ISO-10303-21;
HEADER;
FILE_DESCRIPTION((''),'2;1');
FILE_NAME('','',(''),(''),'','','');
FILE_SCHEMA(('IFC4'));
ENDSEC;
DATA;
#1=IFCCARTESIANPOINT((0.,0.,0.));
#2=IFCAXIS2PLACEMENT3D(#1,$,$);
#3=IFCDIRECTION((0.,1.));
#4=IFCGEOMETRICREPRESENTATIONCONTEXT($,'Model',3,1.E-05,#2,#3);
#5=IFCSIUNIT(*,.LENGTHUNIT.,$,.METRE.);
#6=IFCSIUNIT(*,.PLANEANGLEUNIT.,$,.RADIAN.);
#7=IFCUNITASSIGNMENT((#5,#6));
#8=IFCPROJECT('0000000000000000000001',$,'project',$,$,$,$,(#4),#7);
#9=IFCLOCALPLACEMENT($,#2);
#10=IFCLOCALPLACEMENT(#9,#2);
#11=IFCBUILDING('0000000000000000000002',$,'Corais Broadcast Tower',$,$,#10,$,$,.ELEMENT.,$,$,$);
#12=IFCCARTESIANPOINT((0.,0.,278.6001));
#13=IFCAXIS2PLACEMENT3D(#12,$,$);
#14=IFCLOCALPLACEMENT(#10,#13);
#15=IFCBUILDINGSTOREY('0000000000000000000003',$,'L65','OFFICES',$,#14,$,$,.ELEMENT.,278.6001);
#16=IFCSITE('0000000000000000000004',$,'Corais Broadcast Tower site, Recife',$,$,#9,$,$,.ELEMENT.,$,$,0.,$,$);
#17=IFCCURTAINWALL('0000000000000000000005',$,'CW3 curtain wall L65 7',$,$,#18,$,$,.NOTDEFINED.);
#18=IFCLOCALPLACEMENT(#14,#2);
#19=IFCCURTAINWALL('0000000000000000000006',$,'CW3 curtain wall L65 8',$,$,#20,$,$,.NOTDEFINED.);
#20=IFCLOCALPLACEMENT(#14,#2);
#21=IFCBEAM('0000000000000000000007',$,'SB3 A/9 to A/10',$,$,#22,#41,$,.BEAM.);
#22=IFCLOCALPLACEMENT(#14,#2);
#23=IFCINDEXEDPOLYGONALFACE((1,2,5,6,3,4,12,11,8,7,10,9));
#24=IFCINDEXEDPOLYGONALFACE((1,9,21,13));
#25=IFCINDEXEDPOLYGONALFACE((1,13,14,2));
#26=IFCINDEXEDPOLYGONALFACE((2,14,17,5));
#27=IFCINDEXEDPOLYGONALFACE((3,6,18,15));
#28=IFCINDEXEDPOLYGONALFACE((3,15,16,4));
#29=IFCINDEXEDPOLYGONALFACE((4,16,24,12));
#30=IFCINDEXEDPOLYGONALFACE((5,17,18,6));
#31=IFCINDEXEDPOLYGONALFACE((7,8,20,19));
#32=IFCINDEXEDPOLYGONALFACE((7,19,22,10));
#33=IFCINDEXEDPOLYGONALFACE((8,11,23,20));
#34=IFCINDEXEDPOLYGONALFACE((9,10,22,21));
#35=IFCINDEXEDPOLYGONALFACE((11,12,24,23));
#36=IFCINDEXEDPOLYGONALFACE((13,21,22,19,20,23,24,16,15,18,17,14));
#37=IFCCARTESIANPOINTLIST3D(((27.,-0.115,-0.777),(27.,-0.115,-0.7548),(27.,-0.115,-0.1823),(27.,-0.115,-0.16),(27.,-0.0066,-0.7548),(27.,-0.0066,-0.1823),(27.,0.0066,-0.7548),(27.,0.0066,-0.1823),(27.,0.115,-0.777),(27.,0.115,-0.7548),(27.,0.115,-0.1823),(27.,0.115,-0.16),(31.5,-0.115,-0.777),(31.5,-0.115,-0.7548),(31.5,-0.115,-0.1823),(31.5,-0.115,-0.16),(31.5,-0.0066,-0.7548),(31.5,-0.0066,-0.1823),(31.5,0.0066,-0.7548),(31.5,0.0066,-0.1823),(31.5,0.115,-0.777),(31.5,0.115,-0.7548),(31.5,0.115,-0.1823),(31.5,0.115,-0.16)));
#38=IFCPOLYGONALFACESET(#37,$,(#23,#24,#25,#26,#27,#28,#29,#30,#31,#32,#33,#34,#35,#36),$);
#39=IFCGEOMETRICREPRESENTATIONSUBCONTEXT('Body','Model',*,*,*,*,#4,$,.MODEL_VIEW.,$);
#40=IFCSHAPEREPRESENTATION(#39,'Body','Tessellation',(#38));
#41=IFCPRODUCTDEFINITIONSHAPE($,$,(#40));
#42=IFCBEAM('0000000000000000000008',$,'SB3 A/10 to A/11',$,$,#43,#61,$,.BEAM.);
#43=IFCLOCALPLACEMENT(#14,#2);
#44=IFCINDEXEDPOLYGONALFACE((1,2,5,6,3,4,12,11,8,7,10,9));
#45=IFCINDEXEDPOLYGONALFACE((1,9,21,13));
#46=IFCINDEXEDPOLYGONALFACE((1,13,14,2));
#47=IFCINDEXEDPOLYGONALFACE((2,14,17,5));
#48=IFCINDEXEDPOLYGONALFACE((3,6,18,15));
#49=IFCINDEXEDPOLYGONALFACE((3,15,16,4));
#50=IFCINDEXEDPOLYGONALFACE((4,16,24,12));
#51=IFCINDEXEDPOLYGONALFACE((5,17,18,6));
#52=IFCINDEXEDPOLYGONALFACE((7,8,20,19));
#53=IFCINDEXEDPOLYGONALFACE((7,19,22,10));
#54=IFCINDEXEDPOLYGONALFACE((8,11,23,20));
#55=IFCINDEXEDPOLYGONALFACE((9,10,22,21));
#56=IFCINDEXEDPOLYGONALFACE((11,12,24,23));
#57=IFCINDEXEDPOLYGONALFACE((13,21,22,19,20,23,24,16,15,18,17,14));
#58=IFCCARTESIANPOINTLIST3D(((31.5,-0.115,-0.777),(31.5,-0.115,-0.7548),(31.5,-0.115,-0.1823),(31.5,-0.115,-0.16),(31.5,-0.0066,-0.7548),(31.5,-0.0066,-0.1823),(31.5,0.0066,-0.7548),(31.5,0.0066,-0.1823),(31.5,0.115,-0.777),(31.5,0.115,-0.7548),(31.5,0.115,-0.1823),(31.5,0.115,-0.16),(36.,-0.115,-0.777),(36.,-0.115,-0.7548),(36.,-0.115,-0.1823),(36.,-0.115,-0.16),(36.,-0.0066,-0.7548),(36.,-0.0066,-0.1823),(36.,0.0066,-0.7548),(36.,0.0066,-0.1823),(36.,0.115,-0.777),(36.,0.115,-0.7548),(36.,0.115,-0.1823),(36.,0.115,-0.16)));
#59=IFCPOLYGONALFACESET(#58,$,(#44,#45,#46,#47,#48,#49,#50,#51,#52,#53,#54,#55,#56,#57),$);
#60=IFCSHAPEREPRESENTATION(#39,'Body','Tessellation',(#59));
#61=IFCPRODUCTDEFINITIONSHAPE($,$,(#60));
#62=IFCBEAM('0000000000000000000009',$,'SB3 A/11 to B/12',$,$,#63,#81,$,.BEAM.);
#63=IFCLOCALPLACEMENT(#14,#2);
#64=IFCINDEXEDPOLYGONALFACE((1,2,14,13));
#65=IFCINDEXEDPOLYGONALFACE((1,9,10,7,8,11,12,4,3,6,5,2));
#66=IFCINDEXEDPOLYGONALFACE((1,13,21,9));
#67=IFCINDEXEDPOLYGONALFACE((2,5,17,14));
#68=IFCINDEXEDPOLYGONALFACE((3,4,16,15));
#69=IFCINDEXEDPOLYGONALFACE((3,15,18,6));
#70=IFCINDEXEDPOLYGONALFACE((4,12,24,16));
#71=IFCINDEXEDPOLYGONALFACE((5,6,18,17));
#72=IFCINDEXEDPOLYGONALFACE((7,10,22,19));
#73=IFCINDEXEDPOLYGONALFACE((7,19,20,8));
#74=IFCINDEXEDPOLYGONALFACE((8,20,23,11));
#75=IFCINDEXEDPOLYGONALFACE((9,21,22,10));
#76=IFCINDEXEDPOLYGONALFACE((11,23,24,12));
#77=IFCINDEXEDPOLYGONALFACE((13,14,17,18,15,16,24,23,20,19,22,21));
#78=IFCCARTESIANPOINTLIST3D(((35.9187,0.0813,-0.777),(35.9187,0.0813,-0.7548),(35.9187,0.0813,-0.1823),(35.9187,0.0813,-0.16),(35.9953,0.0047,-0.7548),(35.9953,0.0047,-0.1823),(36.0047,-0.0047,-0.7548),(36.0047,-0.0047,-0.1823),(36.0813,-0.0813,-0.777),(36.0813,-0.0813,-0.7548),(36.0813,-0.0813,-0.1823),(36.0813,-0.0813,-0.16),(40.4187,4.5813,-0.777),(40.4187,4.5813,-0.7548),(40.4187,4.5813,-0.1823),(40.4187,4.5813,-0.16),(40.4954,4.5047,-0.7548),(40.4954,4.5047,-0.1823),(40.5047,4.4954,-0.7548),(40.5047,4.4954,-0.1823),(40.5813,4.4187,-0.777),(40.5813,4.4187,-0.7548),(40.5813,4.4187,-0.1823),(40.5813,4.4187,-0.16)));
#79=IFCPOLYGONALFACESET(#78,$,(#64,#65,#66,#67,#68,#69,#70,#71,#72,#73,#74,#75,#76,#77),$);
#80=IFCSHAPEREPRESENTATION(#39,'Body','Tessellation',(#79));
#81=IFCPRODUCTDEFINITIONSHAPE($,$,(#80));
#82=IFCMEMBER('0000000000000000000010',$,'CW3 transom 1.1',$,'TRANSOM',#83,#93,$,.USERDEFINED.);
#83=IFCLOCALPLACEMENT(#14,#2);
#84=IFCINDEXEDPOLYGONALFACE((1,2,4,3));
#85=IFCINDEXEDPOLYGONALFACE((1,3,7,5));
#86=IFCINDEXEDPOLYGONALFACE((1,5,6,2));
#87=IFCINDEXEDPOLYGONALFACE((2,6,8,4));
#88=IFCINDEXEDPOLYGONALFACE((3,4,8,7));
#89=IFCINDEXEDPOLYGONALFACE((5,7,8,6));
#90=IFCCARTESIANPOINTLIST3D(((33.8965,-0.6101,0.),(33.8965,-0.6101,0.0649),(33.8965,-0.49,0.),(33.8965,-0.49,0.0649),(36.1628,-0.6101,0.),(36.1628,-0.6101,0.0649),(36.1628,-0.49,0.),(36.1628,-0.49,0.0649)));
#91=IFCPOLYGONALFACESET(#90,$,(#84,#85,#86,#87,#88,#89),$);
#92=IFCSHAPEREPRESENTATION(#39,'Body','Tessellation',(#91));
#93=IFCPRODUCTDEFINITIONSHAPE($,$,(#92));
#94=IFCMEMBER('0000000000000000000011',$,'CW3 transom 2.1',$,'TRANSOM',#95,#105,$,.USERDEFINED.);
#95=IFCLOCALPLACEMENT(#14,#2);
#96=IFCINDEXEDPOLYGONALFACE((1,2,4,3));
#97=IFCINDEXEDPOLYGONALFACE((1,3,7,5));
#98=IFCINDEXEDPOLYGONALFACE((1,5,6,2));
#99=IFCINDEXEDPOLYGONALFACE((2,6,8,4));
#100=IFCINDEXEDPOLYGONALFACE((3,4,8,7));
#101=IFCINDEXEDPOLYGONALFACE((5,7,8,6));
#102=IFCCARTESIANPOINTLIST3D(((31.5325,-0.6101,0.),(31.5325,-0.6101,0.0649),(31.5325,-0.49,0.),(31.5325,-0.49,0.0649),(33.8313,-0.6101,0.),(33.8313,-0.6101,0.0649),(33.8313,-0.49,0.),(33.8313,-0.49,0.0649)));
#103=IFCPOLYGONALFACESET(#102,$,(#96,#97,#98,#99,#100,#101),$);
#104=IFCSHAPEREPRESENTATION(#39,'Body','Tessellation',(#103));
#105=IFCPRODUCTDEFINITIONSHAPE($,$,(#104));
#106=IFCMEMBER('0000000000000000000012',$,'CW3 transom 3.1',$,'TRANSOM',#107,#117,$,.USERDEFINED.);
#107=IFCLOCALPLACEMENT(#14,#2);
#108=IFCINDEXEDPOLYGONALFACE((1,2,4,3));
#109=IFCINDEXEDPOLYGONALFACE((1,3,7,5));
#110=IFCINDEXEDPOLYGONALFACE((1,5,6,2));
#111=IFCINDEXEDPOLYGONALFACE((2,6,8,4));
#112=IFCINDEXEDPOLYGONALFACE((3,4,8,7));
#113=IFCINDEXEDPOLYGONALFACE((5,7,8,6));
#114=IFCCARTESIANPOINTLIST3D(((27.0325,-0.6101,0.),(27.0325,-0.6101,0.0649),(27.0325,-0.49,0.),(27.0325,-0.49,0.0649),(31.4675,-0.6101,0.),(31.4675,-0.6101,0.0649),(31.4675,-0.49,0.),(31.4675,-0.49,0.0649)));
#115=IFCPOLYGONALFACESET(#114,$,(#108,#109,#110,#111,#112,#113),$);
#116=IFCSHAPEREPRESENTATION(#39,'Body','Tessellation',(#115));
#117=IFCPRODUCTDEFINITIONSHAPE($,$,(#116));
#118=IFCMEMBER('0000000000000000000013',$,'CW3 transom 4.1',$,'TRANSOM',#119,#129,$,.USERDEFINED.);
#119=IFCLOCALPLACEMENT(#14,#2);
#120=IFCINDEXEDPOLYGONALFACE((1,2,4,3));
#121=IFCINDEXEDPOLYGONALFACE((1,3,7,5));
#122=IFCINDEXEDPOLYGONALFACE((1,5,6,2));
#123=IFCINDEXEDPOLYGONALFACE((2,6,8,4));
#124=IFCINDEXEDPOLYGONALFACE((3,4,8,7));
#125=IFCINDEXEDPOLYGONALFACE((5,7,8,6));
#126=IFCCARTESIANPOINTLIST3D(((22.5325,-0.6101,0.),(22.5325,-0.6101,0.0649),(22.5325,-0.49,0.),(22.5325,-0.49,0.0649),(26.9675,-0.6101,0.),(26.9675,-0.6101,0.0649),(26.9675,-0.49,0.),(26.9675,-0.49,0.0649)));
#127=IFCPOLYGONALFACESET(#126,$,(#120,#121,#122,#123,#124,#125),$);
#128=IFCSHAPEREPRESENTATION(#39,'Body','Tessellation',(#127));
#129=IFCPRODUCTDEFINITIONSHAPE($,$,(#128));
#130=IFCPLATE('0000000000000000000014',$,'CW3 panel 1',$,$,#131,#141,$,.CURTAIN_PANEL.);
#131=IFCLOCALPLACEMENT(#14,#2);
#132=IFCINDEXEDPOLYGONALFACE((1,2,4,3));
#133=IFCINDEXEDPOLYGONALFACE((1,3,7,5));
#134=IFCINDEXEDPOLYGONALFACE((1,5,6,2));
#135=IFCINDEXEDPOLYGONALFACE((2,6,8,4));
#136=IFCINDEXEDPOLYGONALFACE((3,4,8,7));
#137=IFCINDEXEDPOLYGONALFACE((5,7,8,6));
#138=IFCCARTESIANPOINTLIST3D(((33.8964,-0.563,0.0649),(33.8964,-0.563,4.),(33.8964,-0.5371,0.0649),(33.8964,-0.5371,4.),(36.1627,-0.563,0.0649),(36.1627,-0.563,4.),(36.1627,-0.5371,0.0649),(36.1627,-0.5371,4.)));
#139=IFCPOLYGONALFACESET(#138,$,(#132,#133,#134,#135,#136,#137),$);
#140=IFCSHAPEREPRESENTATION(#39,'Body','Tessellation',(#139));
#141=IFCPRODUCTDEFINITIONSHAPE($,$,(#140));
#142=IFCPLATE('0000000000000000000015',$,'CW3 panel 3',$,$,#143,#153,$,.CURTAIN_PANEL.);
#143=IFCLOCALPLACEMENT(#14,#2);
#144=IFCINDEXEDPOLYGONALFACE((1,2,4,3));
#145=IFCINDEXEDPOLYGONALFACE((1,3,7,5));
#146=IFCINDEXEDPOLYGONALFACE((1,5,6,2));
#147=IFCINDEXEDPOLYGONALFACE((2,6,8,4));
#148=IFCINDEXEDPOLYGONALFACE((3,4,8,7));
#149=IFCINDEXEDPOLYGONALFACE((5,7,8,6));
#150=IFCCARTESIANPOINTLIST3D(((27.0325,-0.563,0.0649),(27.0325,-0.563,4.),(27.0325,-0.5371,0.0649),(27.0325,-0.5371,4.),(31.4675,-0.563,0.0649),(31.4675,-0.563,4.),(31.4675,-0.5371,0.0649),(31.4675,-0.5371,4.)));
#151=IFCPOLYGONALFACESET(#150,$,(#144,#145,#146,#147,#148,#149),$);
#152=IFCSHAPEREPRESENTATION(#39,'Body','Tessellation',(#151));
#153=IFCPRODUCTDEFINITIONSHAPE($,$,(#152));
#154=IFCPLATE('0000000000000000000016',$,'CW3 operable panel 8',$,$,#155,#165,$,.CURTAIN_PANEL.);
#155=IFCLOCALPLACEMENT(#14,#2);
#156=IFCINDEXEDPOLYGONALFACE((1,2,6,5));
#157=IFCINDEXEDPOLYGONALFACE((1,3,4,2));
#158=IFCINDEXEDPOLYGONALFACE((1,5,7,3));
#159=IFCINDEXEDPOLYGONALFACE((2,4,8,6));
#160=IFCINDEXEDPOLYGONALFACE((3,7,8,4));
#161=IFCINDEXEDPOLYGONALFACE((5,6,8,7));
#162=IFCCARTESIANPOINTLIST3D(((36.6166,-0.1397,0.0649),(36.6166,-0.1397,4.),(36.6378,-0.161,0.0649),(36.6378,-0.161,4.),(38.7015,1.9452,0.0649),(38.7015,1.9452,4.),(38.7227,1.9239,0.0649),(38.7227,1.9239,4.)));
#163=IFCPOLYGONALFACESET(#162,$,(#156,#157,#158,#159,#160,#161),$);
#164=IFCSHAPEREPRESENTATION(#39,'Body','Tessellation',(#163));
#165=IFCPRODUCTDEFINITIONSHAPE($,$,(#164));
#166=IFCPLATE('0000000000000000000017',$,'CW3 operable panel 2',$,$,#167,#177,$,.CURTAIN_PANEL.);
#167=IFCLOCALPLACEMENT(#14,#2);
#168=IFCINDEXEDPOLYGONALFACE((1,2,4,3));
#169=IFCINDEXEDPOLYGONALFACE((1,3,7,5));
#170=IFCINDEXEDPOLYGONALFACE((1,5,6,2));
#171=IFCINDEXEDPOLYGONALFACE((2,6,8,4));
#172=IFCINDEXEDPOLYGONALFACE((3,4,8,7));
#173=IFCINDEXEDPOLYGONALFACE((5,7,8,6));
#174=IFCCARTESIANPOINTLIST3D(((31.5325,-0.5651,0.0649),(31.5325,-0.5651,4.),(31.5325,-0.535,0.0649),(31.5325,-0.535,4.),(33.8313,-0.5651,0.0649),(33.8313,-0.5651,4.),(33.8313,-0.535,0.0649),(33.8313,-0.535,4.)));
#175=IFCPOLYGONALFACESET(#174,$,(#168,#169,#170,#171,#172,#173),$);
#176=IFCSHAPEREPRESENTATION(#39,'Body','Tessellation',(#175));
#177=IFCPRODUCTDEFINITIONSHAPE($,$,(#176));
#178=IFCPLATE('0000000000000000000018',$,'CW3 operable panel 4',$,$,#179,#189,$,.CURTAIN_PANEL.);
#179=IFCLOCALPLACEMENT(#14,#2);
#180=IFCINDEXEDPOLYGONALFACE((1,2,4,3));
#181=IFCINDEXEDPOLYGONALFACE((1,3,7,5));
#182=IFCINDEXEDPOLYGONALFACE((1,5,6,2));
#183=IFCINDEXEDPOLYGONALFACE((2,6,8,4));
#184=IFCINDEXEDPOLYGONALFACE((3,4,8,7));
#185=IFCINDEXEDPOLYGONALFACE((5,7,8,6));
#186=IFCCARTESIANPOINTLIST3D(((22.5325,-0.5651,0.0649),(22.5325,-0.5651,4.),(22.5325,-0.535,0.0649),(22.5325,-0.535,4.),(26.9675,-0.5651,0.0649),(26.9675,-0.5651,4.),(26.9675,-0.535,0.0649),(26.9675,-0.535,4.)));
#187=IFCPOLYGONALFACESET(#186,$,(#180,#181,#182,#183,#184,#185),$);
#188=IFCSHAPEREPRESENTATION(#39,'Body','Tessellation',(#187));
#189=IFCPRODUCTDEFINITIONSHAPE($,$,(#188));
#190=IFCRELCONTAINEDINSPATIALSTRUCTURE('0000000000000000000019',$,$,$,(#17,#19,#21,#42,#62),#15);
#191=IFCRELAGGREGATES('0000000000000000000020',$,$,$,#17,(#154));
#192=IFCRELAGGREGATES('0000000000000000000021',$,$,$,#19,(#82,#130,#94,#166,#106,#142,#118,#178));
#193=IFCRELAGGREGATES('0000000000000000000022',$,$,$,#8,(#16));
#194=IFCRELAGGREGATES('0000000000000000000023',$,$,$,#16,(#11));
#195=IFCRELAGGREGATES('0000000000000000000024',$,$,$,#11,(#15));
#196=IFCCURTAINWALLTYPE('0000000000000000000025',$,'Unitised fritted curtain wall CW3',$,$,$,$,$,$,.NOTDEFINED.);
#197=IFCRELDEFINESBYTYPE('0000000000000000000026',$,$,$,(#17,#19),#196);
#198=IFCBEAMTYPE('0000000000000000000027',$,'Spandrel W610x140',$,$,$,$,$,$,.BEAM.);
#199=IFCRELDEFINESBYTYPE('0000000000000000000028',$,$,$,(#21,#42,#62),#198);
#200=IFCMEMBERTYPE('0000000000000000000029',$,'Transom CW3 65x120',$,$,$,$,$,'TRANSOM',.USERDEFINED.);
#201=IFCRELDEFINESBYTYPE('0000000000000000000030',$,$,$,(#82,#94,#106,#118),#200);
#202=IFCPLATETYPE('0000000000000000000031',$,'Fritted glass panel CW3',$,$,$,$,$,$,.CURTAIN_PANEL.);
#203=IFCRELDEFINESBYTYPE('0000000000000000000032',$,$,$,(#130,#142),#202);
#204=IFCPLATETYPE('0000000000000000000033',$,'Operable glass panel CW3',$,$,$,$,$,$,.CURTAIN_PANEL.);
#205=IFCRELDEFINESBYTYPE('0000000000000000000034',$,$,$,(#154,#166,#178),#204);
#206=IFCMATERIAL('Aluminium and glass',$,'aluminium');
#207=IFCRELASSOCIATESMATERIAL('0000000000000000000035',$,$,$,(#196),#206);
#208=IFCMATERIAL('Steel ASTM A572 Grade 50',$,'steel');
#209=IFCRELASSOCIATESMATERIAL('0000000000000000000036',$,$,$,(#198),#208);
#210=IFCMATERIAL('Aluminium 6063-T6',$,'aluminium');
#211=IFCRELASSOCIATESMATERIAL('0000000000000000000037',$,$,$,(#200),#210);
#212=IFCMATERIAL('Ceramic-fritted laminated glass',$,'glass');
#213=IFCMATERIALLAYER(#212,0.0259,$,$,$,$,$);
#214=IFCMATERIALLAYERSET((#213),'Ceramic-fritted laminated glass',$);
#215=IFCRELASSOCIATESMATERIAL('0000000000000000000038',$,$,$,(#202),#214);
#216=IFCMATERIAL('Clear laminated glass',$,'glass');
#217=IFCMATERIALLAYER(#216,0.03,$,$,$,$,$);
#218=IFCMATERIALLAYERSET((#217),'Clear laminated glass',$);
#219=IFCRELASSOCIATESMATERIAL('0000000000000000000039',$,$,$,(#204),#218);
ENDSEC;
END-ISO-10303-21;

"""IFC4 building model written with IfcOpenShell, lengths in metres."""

from ifc_helpers import new_model, si_unit, direction, frame, origin, origin_2d, place, context, subcontext, project, spatial, rectangle, i_section, extrude, material, layer, layer_set, material_profile, profile_set, type_object, element, aggregate, save


model = new_model("IFC4")

# Units and contexts
model_context = context("Model", 3, precision=1e-05, world=origin(), true_north=direction((0.0, 1.0)))
body_context = subcontext(model_context, "Body", "Model", "MODEL_VIEW")
ifc_project = project(units=[si_unit("LENGTHUNIT", "METRE"), si_unit("PLANEANGLEUNIT", "RADIAN")], contexts=[model_context])

# Site, building, storey
site_placement = place(None, origin())
site = spatial("IfcSite", under=ifc_project, at=site_placement, Name="Corais Broadcast Tower site, Recife", CompositionType="ELEMENT", RefElevation=0.0)
building_placement = place(site_placement, origin())
building = spatial("IfcBuilding", under=site, at=building_placement, Name="Corais Broadcast Tower", CompositionType="ELEMENT")
storey_placement = place(building_placement, frame((0.0, 0.0, 278.6001)))
storey = spatial("IfcBuildingStorey", under=building, at=storey_placement, Name="L65", Description="OFFICES", CompositionType="ELEMENT", Elevation=278.6001)

# Curtain wall
ifc_material_1 = material(Name="Aluminium and glass", Category="aluminium")
curtain_wall_type = type_object("IfcCurtainWallType", Name="Unitised fritted curtain wall CW3", PredefinedType="NOTDEFINED", material=ifc_material_1)
curtain_wall_1_placement = place(storey_placement, origin())
curtain_wall_1 = element("IfcCurtainWall", 1, at=curtain_wall_1_placement, inside=storey, type_object=curtain_wall_type, Name="CW3 curtain wall L65 7", PredefinedType="NOTDEFINED")

# Curtain wall
curtain_wall_2_placement = place(storey_placement, origin())
curtain_wall_2 = element("IfcCurtainWall", 2, at=curtain_wall_2_placement, inside=storey, type_object=curtain_wall_type, Name="CW3 curtain wall L65 8", PredefinedType="NOTDEFINED")

# Beams
ifc_material_2 = material(Name="Steel ASTM A572 Grade 50", Category="steel")
ifc_material_profile_1 = material_profile(ifc_material_2, i_section(OverallWidth=0.23, OverallDepth=0.6169, WebThickness=0.0132, FlangeThickness=0.0222, at=origin_2d()), Name="W610x140")
ifc_profile_set_1 = profile_set([ifc_material_profile_1], Name="Steel ASTM A572 Grade 50")
beam_type_1 = type_object("IfcBeamType", Name="Spandrel W610x140", PredefinedType="BEAM", material=ifc_profile_set_1)
for number, where, z_axis, x_axis, name in (
    (3, (27.0, 0.0, -0.4685), (1.0, 0.0, 0.0), (0.0, 1.0, 0.0), "SB3 A/9 to A/10"),
    (4, (31.5, 0.0, -0.4685), (1.0, 0.0, 0.0), (0.0, 1.0, 0.0), "SB3 A/10 to A/11"),
):
    element("IfcBeam", number, at=place(storey_placement, frame(where, z_axis=z_axis, x_axis=x_axis)), inside=storey, type_object=beam_type_1, Name=name, PredefinedType="BEAM", context=body_context, shape_type="SweptSolid", body=[
        extrude(i_section(OverallWidth=0.23, OverallDepth=0.6169, WebThickness=0.0132, FlangeThickness=0.0222, at=origin_2d()), origin(), (0.0, 0.0, 1.0), 4.5),
    ])
beam_placement = place(storey_placement, frame((36.0, 0.0, -0.4685), z_axis=(0.707107, 0.707107, 0.0), x_axis=(-0.707107, 0.707107, 0.0)))
element("IfcBeam", 5, at=beam_placement, inside=storey, type_object=beam_type_1, Name="SB3 A/11 to B/12", PredefinedType="BEAM", context=body_context, shape_type="SweptSolid", body=[
    extrude(i_section(OverallWidth=0.23, OverallDepth=0.6169, WebThickness=0.0132, FlangeThickness=0.0222, at=origin_2d()), origin(), (0.0, 0.0, 1.0), 6.364),
])

# Members
ifc_material_3 = material(Name="Aluminium 6063-T6", Category="aluminium")
ifc_material_profile_2 = material_profile(ifc_material_3, rectangle(XDim=0.1201, YDim=0.0649, at=origin_2d()), Name="Transom CW3 65x120")
ifc_profile_set_2 = profile_set([ifc_material_profile_2], Name="Aluminium 6063-T6")
member_type_1 = type_object("IfcMemberType", Name="Transom CW3 65x120", ElementType="TRANSOM", PredefinedType="USERDEFINED", material=ifc_profile_set_2)
member_1_placement = place(storey_placement, frame((36.1628, -0.55, 0.0325), z_axis=(-1.0, 0.0, 0.0), x_axis=(0.0, -1.0, 0.0)))
member_1 = element("IfcMember", 6, at=member_1_placement, type_object=member_type_1, Name="CW3 transom 1.1", ObjectType="TRANSOM", PredefinedType="USERDEFINED", context=body_context, shape_type="SweptSolid", body=[
    extrude(rectangle(XDim=0.1201, YDim=0.0649, at=origin_2d()), origin(), (0.0, 0.0, 1.0), 2.2664),
])
member_2_placement = place(storey_placement, frame((33.8313, -0.55, 0.0325), z_axis=(-1.0, 0.0, 0.0), x_axis=(0.0, -1.0, 0.0)))
member_2 = element("IfcMember", 7, at=member_2_placement, type_object=member_type_1, Name="CW3 transom 2.1", ObjectType="TRANSOM", PredefinedType="USERDEFINED", context=body_context, shape_type="SweptSolid", body=[
    extrude(rectangle(XDim=0.1201, YDim=0.0649, at=origin_2d()), origin(), (0.0, 0.0, 1.0), 2.2988),
])
member_3_placement = place(storey_placement, frame((31.4675, -0.55, 0.0325), z_axis=(-1.0, 0.0, 0.0), x_axis=(0.0, -1.0, 0.0)))
member_3 = element("IfcMember", 8, at=member_3_placement, type_object=member_type_1, Name="CW3 transom 3.1", ObjectType="TRANSOM", PredefinedType="USERDEFINED", context=body_context, shape_type="SweptSolid", body=[
    extrude(rectangle(XDim=0.1201, YDim=0.0649, at=origin_2d()), origin(), (0.0, 0.0, 1.0), 4.4351),
])
member_4_placement = place(storey_placement, frame((26.9675, -0.55, 0.0325), z_axis=(-1.0, 0.0, 0.0), x_axis=(0.0, -1.0, 0.0)))
member_4 = element("IfcMember", 9, at=member_4_placement, type_object=member_type_1, Name="CW3 transom 4.1", ObjectType="TRANSOM", PredefinedType="USERDEFINED", context=body_context, shape_type="SweptSolid", body=[
    extrude(rectangle(XDim=0.1201, YDim=0.0649, at=origin_2d()), origin(), (0.0, 0.0, 1.0), 4.4351),
])

# Plates
ifc_material_4 = material(Name="Ceramic-fritted laminated glass", Category="glass")
ifc_layer_1 = layer(ifc_material_4, 0.0259)
ifc_layer_set_1 = layer_set([ifc_layer_1], Name="Ceramic-fritted laminated glass")
plate_type_1 = type_object("IfcPlateType", Name="Fritted glass panel CW3", PredefinedType="CURTAIN_PANEL", material=ifc_layer_set_1)
plate_1_placement = place(storey_placement, frame((35.0295, -0.55, 0.0649), z_axis=(0.0, 0.0, 1.0), x_axis=(-1.0, 0.0, 0.0)))
plate_1 = element("IfcPlate", 10, at=plate_1_placement, type_object=plate_type_1, Name="CW3 panel 1", PredefinedType="CURTAIN_PANEL", context=body_context, shape_type="SweptSolid", body=[
    extrude(rectangle(XDim=2.2664, YDim=0.0259, at=origin_2d()), origin(), (0.0, 0.0, 1.0), 3.9351),
])
plate_2_placement = place(storey_placement, frame((29.25, -0.55, 0.0649), z_axis=(0.0, 0.0, 1.0), x_axis=(-1.0, 0.0, 0.0)))
plate_2 = element("IfcPlate", 11, at=plate_2_placement, type_object=plate_type_1, Name="CW3 panel 3", PredefinedType="CURTAIN_PANEL", context=body_context, shape_type="SweptSolid", body=[
    extrude(rectangle(XDim=4.4351, YDim=0.0259, at=origin_2d()), origin(), (0.0, 0.0, 1.0), 3.9351),
])
ifc_material_5 = material(Name="Clear laminated glass", Category="glass")
ifc_layer_2 = layer(ifc_material_5, 0.03)
ifc_layer_set_2 = layer_set([ifc_layer_2], Name="Clear laminated glass")
plate_type_2 = type_object("IfcPlateType", Name="Operable glass panel CW3", PredefinedType="CURTAIN_PANEL", material=ifc_layer_set_2)
plate_3_placement = place(storey_placement, frame((37.6697, 0.8921, 0.0649), z_axis=(0.0, 0.0, 1.0), x_axis=(-0.707107, -0.707107, 0.0)))
plate_3 = element("IfcPlate", 12, at=plate_3_placement, type_object=plate_type_2, Name="CW3 operable panel 8", PredefinedType="CURTAIN_PANEL", context=body_context, shape_type="SweptSolid", body=[
    extrude(rectangle(XDim=2.9485, YDim=0.03, at=origin_2d()), origin(), (0.0, 0.0, 1.0), 3.9351),
])
aggregate(curtain_wall_1, [plate_3])
plate_4_placement = place(storey_placement, frame((32.6819, -0.55, 0.0649), z_axis=(0.0, 0.0, 1.0), x_axis=(-1.0, 0.0, 0.0)))
plate_4 = element("IfcPlate", 13, at=plate_4_placement, type_object=plate_type_2, Name="CW3 operable panel 2", PredefinedType="CURTAIN_PANEL", context=body_context, shape_type="SweptSolid", body=[
    extrude(rectangle(XDim=2.2988, YDim=0.03, at=origin_2d()), origin(), (0.0, 0.0, 1.0), 3.9351),
])
plate_5_placement = place(storey_placement, frame((24.75, -0.55, 0.0649), z_axis=(0.0, 0.0, 1.0), x_axis=(-1.0, 0.0, 0.0)))
plate_5 = element("IfcPlate", 14, at=plate_5_placement, type_object=plate_type_2, Name="CW3 operable panel 4", PredefinedType="CURTAIN_PANEL", context=body_context, shape_type="SweptSolid", body=[
    extrude(rectangle(XDim=4.4351, YDim=0.03, at=origin_2d()), origin(), (0.0, 0.0, 1.0), 3.9351),
])
aggregate(curtain_wall_2, [member_1, plate_1, member_2, plate_4, member_3, plate_2, member_4, plate_5])

save(model, "model.ifc")
